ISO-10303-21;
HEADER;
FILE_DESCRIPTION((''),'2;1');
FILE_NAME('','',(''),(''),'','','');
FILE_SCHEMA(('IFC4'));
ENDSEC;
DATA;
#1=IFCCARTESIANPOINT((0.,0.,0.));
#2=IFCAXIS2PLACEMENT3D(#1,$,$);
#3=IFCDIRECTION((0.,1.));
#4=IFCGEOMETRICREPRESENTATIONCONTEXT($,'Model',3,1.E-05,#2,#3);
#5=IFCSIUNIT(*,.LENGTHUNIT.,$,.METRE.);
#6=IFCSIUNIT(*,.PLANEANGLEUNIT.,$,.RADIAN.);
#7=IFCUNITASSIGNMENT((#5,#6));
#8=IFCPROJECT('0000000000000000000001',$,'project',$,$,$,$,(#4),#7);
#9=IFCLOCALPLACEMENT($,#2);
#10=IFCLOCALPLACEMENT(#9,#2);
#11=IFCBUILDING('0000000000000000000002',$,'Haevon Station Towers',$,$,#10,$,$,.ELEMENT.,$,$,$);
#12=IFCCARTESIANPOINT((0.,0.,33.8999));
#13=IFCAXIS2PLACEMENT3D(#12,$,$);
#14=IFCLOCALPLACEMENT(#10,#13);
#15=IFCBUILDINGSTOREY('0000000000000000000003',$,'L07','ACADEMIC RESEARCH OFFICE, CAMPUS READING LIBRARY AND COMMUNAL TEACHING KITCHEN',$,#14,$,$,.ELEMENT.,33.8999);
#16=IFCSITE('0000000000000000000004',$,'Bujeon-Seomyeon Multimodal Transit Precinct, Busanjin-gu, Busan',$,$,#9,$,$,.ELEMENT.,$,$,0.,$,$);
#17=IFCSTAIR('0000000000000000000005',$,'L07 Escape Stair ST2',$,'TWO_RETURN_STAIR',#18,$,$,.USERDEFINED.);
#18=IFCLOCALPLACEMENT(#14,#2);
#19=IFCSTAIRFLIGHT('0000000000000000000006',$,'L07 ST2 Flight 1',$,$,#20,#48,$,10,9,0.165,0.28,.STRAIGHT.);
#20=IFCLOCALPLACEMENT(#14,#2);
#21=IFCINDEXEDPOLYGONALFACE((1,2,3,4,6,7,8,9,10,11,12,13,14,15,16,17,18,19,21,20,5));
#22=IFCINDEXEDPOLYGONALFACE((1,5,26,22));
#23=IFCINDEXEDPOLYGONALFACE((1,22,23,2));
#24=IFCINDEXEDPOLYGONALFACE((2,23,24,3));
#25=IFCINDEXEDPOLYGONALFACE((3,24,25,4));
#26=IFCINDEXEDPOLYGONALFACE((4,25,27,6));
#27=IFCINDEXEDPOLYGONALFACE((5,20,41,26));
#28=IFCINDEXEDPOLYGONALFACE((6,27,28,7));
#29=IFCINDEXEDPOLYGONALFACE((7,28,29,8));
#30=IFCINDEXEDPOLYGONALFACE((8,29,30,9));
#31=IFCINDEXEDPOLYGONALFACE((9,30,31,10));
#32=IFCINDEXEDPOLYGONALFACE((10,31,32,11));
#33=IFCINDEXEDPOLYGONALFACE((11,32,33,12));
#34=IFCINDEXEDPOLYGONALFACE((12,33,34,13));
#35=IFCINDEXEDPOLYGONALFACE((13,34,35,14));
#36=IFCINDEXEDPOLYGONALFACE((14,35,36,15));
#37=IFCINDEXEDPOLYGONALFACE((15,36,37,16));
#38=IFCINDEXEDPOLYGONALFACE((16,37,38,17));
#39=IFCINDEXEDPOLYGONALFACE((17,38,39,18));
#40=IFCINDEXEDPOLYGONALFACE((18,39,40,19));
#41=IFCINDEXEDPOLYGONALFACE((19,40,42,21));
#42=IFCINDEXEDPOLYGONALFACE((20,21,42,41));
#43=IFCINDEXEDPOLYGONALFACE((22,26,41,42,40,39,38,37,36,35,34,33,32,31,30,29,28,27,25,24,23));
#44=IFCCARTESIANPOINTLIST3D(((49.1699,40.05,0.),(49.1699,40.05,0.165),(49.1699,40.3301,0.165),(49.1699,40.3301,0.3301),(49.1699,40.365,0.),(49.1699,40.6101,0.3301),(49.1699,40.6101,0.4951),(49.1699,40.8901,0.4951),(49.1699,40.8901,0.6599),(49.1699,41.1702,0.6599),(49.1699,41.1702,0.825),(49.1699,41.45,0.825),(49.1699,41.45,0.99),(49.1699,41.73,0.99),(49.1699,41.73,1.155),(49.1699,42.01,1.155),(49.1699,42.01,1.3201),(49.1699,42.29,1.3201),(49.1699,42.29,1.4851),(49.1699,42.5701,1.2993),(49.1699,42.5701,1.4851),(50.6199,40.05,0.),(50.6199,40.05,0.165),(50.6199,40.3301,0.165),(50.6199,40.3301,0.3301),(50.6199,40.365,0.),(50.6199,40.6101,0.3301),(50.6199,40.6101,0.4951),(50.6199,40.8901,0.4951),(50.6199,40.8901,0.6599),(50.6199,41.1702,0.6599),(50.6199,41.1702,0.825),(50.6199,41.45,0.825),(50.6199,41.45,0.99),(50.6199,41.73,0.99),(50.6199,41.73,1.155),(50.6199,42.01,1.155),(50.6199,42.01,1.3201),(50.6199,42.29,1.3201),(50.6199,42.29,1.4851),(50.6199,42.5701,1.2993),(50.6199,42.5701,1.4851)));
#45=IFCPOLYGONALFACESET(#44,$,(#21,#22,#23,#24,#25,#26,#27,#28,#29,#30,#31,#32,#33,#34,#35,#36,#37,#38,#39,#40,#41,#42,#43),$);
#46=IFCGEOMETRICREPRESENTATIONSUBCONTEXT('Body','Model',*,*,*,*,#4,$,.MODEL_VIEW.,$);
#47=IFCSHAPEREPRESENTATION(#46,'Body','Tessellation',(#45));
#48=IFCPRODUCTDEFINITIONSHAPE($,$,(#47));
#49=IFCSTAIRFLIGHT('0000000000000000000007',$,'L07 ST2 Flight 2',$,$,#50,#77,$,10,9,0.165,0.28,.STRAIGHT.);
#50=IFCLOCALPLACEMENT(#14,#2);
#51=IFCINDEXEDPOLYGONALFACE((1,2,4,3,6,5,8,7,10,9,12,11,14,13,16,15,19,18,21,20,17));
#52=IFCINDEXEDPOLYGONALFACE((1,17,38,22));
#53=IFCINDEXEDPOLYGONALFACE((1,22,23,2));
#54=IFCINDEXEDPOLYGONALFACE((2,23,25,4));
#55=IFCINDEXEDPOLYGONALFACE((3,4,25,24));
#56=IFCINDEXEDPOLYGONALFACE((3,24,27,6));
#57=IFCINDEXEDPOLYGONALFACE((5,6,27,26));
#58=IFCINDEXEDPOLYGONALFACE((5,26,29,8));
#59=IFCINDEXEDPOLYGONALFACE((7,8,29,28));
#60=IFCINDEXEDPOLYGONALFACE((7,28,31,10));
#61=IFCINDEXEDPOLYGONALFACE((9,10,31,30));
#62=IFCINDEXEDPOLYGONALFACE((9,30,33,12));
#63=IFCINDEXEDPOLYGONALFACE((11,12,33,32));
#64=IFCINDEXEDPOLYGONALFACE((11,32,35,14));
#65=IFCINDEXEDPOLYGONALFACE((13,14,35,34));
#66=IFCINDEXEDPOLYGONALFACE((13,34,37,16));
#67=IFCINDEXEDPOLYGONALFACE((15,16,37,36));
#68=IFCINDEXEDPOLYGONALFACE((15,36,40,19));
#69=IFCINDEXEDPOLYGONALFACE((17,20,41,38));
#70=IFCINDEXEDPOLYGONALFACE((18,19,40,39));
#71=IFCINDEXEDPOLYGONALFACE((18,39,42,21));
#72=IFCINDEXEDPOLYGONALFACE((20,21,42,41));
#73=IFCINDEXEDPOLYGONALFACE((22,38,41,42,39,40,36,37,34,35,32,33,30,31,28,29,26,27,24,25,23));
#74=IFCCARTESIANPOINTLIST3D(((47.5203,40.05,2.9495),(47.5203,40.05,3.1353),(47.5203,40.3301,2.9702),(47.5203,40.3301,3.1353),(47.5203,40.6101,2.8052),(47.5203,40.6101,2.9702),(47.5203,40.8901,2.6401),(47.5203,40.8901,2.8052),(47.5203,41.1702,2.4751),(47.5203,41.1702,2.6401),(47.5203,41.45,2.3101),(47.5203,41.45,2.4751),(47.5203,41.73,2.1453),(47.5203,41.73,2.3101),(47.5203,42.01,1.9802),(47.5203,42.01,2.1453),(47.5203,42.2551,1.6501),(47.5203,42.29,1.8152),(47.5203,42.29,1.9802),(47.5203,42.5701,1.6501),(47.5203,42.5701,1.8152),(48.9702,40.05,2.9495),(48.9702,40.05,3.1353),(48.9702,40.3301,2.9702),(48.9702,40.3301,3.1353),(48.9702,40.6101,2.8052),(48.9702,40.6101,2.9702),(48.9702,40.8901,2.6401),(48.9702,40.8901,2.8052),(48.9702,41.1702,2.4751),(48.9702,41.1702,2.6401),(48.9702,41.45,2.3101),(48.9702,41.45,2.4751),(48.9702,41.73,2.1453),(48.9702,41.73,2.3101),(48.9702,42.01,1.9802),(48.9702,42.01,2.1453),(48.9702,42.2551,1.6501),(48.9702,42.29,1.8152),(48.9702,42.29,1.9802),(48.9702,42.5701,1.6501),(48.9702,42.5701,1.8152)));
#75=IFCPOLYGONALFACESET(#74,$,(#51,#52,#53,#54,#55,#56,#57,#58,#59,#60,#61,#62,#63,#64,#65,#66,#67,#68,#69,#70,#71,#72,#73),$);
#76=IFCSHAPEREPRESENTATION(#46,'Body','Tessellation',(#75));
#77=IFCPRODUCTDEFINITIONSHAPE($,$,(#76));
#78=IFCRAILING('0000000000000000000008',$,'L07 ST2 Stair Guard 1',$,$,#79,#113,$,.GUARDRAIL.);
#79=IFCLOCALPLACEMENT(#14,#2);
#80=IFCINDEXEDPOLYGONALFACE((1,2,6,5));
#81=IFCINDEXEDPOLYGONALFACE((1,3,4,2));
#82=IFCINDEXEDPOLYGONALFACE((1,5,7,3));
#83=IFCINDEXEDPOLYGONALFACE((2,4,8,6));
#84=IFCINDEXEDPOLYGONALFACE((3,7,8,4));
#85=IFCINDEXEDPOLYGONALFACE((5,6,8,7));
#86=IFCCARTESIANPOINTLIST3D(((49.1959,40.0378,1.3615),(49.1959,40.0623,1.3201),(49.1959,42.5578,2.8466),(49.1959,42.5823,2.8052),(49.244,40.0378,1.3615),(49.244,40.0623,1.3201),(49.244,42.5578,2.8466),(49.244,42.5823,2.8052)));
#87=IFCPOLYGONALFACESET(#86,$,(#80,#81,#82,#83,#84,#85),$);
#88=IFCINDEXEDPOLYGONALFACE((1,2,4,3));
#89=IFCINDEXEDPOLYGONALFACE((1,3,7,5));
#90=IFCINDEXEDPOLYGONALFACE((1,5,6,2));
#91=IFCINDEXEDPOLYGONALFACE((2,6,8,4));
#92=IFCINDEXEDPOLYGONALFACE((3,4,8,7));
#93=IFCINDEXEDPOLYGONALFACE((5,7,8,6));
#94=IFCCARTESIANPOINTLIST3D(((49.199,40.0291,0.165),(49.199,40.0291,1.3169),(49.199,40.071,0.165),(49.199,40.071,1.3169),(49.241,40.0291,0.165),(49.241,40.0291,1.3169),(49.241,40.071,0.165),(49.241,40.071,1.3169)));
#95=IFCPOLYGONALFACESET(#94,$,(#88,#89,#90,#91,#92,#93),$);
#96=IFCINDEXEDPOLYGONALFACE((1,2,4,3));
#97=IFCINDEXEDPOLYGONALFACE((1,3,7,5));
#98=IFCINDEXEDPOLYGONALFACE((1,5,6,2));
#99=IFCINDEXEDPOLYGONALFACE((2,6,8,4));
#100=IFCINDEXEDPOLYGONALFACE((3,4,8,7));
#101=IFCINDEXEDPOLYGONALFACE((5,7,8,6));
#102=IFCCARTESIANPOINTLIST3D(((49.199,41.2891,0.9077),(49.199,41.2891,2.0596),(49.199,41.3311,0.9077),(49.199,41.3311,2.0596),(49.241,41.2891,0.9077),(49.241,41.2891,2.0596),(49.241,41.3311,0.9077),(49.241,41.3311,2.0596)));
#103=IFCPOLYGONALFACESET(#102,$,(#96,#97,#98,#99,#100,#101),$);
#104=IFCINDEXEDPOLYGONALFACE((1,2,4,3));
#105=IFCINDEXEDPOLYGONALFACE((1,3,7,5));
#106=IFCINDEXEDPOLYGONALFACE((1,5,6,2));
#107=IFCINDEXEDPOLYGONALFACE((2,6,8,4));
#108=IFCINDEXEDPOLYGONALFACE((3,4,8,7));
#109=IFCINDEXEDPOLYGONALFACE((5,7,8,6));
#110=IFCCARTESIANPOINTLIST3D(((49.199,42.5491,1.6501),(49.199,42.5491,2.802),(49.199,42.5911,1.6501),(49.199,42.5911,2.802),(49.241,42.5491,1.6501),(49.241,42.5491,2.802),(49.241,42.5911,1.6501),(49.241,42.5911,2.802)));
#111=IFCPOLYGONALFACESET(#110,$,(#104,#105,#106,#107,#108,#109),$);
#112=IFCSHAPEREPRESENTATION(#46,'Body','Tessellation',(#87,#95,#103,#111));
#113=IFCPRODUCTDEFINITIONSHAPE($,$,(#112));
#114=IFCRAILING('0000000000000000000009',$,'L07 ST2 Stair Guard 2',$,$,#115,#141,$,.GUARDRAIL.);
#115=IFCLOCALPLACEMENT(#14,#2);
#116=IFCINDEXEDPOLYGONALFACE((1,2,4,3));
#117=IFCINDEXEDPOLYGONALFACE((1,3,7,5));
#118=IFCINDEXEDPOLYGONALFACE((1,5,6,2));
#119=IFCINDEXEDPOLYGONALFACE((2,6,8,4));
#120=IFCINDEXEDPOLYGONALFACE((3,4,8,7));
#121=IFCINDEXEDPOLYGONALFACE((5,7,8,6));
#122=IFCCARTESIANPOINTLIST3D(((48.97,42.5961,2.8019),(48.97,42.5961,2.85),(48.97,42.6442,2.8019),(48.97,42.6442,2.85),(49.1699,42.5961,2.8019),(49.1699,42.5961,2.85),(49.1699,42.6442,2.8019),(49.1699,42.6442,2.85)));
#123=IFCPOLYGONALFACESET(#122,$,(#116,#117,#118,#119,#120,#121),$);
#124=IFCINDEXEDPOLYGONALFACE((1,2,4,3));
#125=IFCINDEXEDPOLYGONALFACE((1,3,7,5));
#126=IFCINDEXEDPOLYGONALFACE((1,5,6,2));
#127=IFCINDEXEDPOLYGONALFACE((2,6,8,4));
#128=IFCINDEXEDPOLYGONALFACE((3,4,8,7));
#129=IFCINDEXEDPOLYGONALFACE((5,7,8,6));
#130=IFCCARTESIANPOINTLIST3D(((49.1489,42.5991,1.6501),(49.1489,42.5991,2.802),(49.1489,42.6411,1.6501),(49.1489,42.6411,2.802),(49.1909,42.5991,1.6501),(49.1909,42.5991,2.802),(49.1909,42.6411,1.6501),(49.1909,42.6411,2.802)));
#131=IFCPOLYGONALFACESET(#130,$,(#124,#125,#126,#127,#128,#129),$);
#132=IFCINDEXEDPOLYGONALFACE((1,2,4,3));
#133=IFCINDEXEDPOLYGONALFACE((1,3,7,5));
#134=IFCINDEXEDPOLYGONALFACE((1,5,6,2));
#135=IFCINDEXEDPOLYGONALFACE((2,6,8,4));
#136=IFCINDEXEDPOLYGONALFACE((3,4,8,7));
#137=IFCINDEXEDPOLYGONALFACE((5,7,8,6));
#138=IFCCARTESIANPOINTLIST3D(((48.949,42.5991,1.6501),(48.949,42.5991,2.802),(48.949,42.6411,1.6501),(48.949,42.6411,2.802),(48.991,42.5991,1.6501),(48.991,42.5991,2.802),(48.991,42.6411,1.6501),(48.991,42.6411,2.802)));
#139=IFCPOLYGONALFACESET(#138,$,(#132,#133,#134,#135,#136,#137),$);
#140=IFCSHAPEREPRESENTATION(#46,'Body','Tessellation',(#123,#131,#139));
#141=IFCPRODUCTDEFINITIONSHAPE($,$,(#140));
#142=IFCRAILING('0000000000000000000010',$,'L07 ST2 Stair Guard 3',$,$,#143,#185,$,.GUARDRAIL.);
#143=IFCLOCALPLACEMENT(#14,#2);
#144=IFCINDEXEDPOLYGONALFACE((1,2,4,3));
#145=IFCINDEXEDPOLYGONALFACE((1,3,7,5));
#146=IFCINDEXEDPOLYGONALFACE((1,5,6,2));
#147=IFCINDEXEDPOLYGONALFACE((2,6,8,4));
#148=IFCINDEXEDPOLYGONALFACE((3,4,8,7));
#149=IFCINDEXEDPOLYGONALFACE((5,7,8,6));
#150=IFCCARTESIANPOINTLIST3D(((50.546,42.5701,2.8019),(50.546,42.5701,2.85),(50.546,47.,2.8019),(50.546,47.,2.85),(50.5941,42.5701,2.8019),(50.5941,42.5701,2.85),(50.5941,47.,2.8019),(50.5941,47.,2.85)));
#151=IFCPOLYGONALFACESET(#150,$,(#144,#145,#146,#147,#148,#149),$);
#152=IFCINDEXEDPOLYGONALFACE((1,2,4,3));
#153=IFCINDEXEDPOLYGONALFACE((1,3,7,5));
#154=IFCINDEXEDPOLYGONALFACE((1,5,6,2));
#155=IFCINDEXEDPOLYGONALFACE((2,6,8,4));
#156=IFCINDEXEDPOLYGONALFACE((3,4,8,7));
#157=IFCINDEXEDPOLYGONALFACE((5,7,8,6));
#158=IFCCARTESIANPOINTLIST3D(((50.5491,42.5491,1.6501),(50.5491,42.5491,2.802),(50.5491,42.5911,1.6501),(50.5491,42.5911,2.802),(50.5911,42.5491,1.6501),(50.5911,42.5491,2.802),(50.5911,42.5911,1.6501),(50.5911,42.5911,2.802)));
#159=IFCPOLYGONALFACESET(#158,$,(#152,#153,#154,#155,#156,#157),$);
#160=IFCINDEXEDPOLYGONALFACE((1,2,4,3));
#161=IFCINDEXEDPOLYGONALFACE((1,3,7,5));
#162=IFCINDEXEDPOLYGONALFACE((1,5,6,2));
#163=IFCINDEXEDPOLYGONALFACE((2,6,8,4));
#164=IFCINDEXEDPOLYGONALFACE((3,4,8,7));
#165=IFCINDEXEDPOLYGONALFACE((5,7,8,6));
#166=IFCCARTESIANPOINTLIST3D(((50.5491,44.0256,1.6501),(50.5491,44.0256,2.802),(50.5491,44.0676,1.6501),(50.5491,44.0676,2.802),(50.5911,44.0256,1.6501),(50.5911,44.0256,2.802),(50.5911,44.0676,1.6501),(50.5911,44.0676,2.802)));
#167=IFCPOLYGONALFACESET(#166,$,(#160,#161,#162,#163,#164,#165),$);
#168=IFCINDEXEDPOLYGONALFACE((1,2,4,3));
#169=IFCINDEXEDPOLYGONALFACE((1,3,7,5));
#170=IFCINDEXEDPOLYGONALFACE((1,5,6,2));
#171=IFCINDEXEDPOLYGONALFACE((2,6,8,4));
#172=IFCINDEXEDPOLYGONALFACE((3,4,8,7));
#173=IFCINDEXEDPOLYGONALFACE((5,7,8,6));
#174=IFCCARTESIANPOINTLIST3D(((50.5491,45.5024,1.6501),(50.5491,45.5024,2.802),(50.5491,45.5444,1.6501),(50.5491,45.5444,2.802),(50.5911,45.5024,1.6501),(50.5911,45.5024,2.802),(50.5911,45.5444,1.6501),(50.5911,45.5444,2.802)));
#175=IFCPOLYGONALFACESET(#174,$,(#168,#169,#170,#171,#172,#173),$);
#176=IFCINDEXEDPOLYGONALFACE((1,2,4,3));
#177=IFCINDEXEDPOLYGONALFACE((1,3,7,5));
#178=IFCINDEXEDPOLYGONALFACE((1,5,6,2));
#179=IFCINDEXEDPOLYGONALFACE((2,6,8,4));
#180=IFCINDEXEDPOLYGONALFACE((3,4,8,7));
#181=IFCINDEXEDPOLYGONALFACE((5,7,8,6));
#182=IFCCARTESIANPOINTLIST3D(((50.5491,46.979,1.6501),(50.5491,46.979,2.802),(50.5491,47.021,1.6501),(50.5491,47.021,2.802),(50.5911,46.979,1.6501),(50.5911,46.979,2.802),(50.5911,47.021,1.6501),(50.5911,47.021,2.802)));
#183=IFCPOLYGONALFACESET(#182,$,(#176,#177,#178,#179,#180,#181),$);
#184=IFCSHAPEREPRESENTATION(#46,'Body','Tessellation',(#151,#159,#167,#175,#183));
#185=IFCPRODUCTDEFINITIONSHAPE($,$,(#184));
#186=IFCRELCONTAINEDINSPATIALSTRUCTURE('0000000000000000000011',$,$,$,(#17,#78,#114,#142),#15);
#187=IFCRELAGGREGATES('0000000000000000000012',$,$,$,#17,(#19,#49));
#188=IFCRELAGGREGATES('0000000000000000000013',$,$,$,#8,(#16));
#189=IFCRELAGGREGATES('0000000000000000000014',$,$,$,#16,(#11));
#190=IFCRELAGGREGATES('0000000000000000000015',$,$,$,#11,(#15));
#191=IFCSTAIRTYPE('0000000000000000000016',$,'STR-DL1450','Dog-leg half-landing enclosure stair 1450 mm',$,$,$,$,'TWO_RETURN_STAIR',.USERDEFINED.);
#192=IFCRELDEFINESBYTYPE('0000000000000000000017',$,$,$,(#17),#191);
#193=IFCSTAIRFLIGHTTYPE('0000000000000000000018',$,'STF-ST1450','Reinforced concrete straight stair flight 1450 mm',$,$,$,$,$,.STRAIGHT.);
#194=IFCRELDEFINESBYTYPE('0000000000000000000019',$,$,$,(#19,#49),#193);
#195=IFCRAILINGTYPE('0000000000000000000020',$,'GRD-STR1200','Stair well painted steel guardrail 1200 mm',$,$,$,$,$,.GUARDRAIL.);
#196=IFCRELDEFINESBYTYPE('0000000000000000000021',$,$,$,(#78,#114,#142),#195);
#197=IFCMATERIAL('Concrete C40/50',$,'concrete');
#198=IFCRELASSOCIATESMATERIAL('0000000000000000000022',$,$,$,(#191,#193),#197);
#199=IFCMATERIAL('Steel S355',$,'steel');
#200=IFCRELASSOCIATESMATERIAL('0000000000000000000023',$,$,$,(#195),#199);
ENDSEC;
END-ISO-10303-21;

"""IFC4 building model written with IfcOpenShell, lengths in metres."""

from ifc_helpers import new_model, si_unit, direction, frame, origin, origin_2d, place, context, subcontext, project, spatial, polyline, rectangle, outline, extrude, material, type_object, element, aggregate, save


model = new_model("IFC4")

# Units and contexts
model_context = context("Model", 3, precision=1e-05, world=origin(), true_north=direction((0.0, 1.0)))
body_context = subcontext(model_context, "Body", "Model", "MODEL_VIEW")
ifc_project = project(units=[si_unit("LENGTHUNIT", "METRE"), si_unit("PLANEANGLEUNIT", "RADIAN")], contexts=[model_context])

# Site, building, storey
site_placement = place(None, origin())
site = spatial("IfcSite", under=ifc_project, at=site_placement, Name="Bujeon-Seomyeon Multimodal Transit Precinct, Busanjin-gu, Busan", CompositionType="ELEMENT", RefElevation=0.0)
building_placement = place(site_placement, origin())
building = spatial("IfcBuilding", under=site, at=building_placement, Name="Haevon Station Towers", CompositionType="ELEMENT")
storey_placement = place(building_placement, frame((0.0, 0.0, 33.8999)))
storey = spatial("IfcBuildingStorey", under=building, at=storey_placement, Name="L07", Description="ACADEMIC RESEARCH OFFICE, CAMPUS READING LIBRARY AND COMMUNAL TEACHING KITCHEN", CompositionType="ELEMENT", Elevation=33.8999)

# Shared definitions
ifc_material_1 = material(Name="Steel S355", Category="steel")

# Shared definitions
ifc_material_2 = material(Name="Concrete C40/50", Category="concrete")

# Stair, stair flights
stair_type = type_object("IfcStairType", Name="STR-DL1450", Description="Dog-leg half-landing enclosure stair 1450 mm", ElementType="TWO_RETURN_STAIR", PredefinedType="USERDEFINED", material=ifc_material_2)
stair_placement = place(storey_placement, origin())
stair = element("IfcStair", 1, at=stair_placement, inside=storey, type_object=stair_type, Name="L07 Escape Stair ST2", ObjectType="TWO_RETURN_STAIR", PredefinedType="USERDEFINED")
stair_flight_type = type_object("IfcStairFlightType", Name="STF-ST1450", Description="Reinforced concrete straight stair flight 1450 mm", PredefinedType="STRAIGHT", material=ifc_material_2)
stair_flight_1_placement = place(storey_placement, frame((49.895, 40.05, 0.0), z_axis=(0.0, 0.0, 1.0), x_axis=(0.0, 1.0, 0.0)))
stair_flight_1 = element("IfcStairFlight", 2, at=stair_flight_1_placement, type_object=stair_flight_type, Name="L07 ST2 Flight 1", NumberOfRisers=10, NumberOfTreads=9, PredefinedType="STRAIGHT", RiserHeight=0.165, TreadLength=0.28, context=body_context, shape_type="SweptSolid", body=[
    extrude(outline(polyline([(0.0, 0.0), (0.0, 0.165), (0.28, 0.165), (0.28, 0.3301), (0.5601, 0.3301), (0.5601, 0.4951), (0.8401, 0.4951), (0.8401, 0.6599), (1.1201, 0.6599), (1.1201, 0.825), (1.3999, 0.825), (1.3999, 0.99), (1.6799, 0.99), (1.6799, 1.155), (1.96, 1.155), (1.96, 1.3201), (2.24, 1.3201), (2.24, 1.4851), (2.52, 1.4851), (2.52, 1.6499), (2.52, 1.2993), (0.3149, 0.0), (0.0, 0.0)])), frame((0.0, 0.7251, 0.0), z_axis=(0.0, -1.0, 0.0), x_axis=(1.0, 0.0, 0.0)), (0.0, 0.0, 1.0), 1.45),
])
stair_flight_2_placement = place(storey_placement, frame((48.2451, 42.5701, 1.6501), z_axis=(0.0, 0.0, 1.0), x_axis=(0.0, -1.0, 0.0)))
stair_flight_2 = element("IfcStairFlight", 3, at=stair_flight_2_placement, type_object=stair_flight_type, Name="L07 ST2 Flight 2", NumberOfRisers=10, NumberOfTreads=9, PredefinedType="STRAIGHT", RiserHeight=0.165, TreadLength=0.28, context=body_context, shape_type="SweptSolid", body=[
    extrude(outline(polyline([(0.0, 0.0), (0.0, 0.165), (0.28, 0.165), (0.28, 0.3301), (0.5601, 0.3301), (0.5601, 0.4951), (0.8401, 0.4951), (0.8401, 0.6599), (1.1201, 0.6599), (1.1201, 0.825), (1.3999, 0.825), (1.3999, 0.99), (1.6799, 0.99), (1.6799, 1.155), (1.96, 1.155), (1.96, 1.3201), (2.24, 1.3201), (2.24, 1.4851), (2.52, 1.4851), (2.52, 1.6499), (2.52, 1.2993), (0.3149, 0.0), (0.0, 0.0)])), frame((0.0, 0.7251, 0.0), z_axis=(0.0, -1.0, 0.0), x_axis=(1.0, 0.0, 0.0)), (0.0, 0.0, 1.0), 1.45),
])
aggregate(stair, [stair_flight_1, stair_flight_2])

# Railings
railing_type_1 = type_object("IfcRailingType", Name="GRD-STR1200", Description="Stair well painted steel guardrail 1200 mm", PredefinedType="GUARDRAIL", material=ifc_material_1)
railing_1_placement = place(storey_placement, frame((49.22, 40.05, 0.165)))
element("IfcRailing", 4, at=railing_1_placement, inside=storey, type_object=railing_type_1, Name="L07 ST2 Stair Guard 1", PredefinedType="GUARDRAIL", context=body_context, shape_type="SweptSolid", body=[
    extrude(rectangle(XDim=0.0481, YDim=0.0481, at=origin_2d()), frame((0.0, 0.0, 1.1758), z_axis=(0.0, 0.861524, 0.507717), x_axis=(-1.0, 0.0, 0.0)), (0.0, 0.0, 1.0), 2.925),
    extrude(rectangle(XDim=0.042, YDim=0.042, at=origin_2d()), origin(), (0.0, 0.0, 1.0), 1.1519),
    extrude(rectangle(XDim=0.042, YDim=0.042, at=origin_2d()), frame((0.0, 1.26, 0.7427)), (0.0, 0.0, 1.0), 1.1519),
    extrude(rectangle(XDim=0.042, YDim=0.042, at=origin_2d()), frame((0.0, 2.52, 1.4851)), (0.0, 0.0, 1.0), 1.1519),
])
railing_2_placement = place(storey_placement, frame((49.1699, 42.6201, 1.6501)))
element("IfcRailing", 5, at=railing_2_placement, inside=storey, type_object=railing_type_1, Name="L07 ST2 Stair Guard 2", PredefinedType="GUARDRAIL", context=body_context, shape_type="SweptSolid", body=[
    extrude(rectangle(XDim=0.0481, YDim=0.0481, at=origin_2d()), frame((0.0, 0.0, 1.1758), z_axis=(-1.0, 0.0, 0.0), x_axis=(0.0, -1.0, 0.0)), (0.0, 0.0, 1.0), 0.2),
    extrude(rectangle(XDim=0.042, YDim=0.042, at=origin_2d()), origin(), (0.0, 0.0, 1.0), 1.1519),
    extrude(rectangle(XDim=0.042, YDim=0.042, at=origin_2d()), frame((-0.2, 0.0, 0.0)), (0.0, 0.0, 1.0), 1.1519),
])
for number, where, name in (
    (6, (50.5701, 42.5701, 1.6501), "L07 ST2 Stair Guard 3"),
):
    element("IfcRailing", number, at=place(storey_placement, frame(where)), inside=storey, type_object=railing_type_1, Name=name, PredefinedType="GUARDRAIL", context=body_context, shape_type="SweptSolid", body=[
        extrude(rectangle(XDim=0.0481, YDim=0.0481, at=origin_2d()), frame((0.0, 0.0, 1.1758), z_axis=(0.0, 1.0, 0.0), x_axis=(-1.0, 0.0, 0.0)), (0.0, 0.0, 1.0), 4.4299),
        extrude(rectangle(XDim=0.042, YDim=0.042, at=origin_2d()), origin(), (0.0, 0.0, 1.0), 1.1519),
        extrude(rectangle(XDim=0.042, YDim=0.042, at=origin_2d()), frame((0.0, 1.4766, 0.0)), (0.0, 0.0, 1.0), 1.1519),
        extrude(rectangle(XDim=0.042, YDim=0.042, at=origin_2d()), frame((0.0, 2.9534, 0.0)), (0.0, 0.0, 1.0), 1.1519),
        extrude(rectangle(XDim=0.042, YDim=0.042, at=origin_2d()), frame((0.0, 4.4299, 0.0)), (0.0, 0.0, 1.0), 1.1519),
    ])

save(model, "model.ifc")
